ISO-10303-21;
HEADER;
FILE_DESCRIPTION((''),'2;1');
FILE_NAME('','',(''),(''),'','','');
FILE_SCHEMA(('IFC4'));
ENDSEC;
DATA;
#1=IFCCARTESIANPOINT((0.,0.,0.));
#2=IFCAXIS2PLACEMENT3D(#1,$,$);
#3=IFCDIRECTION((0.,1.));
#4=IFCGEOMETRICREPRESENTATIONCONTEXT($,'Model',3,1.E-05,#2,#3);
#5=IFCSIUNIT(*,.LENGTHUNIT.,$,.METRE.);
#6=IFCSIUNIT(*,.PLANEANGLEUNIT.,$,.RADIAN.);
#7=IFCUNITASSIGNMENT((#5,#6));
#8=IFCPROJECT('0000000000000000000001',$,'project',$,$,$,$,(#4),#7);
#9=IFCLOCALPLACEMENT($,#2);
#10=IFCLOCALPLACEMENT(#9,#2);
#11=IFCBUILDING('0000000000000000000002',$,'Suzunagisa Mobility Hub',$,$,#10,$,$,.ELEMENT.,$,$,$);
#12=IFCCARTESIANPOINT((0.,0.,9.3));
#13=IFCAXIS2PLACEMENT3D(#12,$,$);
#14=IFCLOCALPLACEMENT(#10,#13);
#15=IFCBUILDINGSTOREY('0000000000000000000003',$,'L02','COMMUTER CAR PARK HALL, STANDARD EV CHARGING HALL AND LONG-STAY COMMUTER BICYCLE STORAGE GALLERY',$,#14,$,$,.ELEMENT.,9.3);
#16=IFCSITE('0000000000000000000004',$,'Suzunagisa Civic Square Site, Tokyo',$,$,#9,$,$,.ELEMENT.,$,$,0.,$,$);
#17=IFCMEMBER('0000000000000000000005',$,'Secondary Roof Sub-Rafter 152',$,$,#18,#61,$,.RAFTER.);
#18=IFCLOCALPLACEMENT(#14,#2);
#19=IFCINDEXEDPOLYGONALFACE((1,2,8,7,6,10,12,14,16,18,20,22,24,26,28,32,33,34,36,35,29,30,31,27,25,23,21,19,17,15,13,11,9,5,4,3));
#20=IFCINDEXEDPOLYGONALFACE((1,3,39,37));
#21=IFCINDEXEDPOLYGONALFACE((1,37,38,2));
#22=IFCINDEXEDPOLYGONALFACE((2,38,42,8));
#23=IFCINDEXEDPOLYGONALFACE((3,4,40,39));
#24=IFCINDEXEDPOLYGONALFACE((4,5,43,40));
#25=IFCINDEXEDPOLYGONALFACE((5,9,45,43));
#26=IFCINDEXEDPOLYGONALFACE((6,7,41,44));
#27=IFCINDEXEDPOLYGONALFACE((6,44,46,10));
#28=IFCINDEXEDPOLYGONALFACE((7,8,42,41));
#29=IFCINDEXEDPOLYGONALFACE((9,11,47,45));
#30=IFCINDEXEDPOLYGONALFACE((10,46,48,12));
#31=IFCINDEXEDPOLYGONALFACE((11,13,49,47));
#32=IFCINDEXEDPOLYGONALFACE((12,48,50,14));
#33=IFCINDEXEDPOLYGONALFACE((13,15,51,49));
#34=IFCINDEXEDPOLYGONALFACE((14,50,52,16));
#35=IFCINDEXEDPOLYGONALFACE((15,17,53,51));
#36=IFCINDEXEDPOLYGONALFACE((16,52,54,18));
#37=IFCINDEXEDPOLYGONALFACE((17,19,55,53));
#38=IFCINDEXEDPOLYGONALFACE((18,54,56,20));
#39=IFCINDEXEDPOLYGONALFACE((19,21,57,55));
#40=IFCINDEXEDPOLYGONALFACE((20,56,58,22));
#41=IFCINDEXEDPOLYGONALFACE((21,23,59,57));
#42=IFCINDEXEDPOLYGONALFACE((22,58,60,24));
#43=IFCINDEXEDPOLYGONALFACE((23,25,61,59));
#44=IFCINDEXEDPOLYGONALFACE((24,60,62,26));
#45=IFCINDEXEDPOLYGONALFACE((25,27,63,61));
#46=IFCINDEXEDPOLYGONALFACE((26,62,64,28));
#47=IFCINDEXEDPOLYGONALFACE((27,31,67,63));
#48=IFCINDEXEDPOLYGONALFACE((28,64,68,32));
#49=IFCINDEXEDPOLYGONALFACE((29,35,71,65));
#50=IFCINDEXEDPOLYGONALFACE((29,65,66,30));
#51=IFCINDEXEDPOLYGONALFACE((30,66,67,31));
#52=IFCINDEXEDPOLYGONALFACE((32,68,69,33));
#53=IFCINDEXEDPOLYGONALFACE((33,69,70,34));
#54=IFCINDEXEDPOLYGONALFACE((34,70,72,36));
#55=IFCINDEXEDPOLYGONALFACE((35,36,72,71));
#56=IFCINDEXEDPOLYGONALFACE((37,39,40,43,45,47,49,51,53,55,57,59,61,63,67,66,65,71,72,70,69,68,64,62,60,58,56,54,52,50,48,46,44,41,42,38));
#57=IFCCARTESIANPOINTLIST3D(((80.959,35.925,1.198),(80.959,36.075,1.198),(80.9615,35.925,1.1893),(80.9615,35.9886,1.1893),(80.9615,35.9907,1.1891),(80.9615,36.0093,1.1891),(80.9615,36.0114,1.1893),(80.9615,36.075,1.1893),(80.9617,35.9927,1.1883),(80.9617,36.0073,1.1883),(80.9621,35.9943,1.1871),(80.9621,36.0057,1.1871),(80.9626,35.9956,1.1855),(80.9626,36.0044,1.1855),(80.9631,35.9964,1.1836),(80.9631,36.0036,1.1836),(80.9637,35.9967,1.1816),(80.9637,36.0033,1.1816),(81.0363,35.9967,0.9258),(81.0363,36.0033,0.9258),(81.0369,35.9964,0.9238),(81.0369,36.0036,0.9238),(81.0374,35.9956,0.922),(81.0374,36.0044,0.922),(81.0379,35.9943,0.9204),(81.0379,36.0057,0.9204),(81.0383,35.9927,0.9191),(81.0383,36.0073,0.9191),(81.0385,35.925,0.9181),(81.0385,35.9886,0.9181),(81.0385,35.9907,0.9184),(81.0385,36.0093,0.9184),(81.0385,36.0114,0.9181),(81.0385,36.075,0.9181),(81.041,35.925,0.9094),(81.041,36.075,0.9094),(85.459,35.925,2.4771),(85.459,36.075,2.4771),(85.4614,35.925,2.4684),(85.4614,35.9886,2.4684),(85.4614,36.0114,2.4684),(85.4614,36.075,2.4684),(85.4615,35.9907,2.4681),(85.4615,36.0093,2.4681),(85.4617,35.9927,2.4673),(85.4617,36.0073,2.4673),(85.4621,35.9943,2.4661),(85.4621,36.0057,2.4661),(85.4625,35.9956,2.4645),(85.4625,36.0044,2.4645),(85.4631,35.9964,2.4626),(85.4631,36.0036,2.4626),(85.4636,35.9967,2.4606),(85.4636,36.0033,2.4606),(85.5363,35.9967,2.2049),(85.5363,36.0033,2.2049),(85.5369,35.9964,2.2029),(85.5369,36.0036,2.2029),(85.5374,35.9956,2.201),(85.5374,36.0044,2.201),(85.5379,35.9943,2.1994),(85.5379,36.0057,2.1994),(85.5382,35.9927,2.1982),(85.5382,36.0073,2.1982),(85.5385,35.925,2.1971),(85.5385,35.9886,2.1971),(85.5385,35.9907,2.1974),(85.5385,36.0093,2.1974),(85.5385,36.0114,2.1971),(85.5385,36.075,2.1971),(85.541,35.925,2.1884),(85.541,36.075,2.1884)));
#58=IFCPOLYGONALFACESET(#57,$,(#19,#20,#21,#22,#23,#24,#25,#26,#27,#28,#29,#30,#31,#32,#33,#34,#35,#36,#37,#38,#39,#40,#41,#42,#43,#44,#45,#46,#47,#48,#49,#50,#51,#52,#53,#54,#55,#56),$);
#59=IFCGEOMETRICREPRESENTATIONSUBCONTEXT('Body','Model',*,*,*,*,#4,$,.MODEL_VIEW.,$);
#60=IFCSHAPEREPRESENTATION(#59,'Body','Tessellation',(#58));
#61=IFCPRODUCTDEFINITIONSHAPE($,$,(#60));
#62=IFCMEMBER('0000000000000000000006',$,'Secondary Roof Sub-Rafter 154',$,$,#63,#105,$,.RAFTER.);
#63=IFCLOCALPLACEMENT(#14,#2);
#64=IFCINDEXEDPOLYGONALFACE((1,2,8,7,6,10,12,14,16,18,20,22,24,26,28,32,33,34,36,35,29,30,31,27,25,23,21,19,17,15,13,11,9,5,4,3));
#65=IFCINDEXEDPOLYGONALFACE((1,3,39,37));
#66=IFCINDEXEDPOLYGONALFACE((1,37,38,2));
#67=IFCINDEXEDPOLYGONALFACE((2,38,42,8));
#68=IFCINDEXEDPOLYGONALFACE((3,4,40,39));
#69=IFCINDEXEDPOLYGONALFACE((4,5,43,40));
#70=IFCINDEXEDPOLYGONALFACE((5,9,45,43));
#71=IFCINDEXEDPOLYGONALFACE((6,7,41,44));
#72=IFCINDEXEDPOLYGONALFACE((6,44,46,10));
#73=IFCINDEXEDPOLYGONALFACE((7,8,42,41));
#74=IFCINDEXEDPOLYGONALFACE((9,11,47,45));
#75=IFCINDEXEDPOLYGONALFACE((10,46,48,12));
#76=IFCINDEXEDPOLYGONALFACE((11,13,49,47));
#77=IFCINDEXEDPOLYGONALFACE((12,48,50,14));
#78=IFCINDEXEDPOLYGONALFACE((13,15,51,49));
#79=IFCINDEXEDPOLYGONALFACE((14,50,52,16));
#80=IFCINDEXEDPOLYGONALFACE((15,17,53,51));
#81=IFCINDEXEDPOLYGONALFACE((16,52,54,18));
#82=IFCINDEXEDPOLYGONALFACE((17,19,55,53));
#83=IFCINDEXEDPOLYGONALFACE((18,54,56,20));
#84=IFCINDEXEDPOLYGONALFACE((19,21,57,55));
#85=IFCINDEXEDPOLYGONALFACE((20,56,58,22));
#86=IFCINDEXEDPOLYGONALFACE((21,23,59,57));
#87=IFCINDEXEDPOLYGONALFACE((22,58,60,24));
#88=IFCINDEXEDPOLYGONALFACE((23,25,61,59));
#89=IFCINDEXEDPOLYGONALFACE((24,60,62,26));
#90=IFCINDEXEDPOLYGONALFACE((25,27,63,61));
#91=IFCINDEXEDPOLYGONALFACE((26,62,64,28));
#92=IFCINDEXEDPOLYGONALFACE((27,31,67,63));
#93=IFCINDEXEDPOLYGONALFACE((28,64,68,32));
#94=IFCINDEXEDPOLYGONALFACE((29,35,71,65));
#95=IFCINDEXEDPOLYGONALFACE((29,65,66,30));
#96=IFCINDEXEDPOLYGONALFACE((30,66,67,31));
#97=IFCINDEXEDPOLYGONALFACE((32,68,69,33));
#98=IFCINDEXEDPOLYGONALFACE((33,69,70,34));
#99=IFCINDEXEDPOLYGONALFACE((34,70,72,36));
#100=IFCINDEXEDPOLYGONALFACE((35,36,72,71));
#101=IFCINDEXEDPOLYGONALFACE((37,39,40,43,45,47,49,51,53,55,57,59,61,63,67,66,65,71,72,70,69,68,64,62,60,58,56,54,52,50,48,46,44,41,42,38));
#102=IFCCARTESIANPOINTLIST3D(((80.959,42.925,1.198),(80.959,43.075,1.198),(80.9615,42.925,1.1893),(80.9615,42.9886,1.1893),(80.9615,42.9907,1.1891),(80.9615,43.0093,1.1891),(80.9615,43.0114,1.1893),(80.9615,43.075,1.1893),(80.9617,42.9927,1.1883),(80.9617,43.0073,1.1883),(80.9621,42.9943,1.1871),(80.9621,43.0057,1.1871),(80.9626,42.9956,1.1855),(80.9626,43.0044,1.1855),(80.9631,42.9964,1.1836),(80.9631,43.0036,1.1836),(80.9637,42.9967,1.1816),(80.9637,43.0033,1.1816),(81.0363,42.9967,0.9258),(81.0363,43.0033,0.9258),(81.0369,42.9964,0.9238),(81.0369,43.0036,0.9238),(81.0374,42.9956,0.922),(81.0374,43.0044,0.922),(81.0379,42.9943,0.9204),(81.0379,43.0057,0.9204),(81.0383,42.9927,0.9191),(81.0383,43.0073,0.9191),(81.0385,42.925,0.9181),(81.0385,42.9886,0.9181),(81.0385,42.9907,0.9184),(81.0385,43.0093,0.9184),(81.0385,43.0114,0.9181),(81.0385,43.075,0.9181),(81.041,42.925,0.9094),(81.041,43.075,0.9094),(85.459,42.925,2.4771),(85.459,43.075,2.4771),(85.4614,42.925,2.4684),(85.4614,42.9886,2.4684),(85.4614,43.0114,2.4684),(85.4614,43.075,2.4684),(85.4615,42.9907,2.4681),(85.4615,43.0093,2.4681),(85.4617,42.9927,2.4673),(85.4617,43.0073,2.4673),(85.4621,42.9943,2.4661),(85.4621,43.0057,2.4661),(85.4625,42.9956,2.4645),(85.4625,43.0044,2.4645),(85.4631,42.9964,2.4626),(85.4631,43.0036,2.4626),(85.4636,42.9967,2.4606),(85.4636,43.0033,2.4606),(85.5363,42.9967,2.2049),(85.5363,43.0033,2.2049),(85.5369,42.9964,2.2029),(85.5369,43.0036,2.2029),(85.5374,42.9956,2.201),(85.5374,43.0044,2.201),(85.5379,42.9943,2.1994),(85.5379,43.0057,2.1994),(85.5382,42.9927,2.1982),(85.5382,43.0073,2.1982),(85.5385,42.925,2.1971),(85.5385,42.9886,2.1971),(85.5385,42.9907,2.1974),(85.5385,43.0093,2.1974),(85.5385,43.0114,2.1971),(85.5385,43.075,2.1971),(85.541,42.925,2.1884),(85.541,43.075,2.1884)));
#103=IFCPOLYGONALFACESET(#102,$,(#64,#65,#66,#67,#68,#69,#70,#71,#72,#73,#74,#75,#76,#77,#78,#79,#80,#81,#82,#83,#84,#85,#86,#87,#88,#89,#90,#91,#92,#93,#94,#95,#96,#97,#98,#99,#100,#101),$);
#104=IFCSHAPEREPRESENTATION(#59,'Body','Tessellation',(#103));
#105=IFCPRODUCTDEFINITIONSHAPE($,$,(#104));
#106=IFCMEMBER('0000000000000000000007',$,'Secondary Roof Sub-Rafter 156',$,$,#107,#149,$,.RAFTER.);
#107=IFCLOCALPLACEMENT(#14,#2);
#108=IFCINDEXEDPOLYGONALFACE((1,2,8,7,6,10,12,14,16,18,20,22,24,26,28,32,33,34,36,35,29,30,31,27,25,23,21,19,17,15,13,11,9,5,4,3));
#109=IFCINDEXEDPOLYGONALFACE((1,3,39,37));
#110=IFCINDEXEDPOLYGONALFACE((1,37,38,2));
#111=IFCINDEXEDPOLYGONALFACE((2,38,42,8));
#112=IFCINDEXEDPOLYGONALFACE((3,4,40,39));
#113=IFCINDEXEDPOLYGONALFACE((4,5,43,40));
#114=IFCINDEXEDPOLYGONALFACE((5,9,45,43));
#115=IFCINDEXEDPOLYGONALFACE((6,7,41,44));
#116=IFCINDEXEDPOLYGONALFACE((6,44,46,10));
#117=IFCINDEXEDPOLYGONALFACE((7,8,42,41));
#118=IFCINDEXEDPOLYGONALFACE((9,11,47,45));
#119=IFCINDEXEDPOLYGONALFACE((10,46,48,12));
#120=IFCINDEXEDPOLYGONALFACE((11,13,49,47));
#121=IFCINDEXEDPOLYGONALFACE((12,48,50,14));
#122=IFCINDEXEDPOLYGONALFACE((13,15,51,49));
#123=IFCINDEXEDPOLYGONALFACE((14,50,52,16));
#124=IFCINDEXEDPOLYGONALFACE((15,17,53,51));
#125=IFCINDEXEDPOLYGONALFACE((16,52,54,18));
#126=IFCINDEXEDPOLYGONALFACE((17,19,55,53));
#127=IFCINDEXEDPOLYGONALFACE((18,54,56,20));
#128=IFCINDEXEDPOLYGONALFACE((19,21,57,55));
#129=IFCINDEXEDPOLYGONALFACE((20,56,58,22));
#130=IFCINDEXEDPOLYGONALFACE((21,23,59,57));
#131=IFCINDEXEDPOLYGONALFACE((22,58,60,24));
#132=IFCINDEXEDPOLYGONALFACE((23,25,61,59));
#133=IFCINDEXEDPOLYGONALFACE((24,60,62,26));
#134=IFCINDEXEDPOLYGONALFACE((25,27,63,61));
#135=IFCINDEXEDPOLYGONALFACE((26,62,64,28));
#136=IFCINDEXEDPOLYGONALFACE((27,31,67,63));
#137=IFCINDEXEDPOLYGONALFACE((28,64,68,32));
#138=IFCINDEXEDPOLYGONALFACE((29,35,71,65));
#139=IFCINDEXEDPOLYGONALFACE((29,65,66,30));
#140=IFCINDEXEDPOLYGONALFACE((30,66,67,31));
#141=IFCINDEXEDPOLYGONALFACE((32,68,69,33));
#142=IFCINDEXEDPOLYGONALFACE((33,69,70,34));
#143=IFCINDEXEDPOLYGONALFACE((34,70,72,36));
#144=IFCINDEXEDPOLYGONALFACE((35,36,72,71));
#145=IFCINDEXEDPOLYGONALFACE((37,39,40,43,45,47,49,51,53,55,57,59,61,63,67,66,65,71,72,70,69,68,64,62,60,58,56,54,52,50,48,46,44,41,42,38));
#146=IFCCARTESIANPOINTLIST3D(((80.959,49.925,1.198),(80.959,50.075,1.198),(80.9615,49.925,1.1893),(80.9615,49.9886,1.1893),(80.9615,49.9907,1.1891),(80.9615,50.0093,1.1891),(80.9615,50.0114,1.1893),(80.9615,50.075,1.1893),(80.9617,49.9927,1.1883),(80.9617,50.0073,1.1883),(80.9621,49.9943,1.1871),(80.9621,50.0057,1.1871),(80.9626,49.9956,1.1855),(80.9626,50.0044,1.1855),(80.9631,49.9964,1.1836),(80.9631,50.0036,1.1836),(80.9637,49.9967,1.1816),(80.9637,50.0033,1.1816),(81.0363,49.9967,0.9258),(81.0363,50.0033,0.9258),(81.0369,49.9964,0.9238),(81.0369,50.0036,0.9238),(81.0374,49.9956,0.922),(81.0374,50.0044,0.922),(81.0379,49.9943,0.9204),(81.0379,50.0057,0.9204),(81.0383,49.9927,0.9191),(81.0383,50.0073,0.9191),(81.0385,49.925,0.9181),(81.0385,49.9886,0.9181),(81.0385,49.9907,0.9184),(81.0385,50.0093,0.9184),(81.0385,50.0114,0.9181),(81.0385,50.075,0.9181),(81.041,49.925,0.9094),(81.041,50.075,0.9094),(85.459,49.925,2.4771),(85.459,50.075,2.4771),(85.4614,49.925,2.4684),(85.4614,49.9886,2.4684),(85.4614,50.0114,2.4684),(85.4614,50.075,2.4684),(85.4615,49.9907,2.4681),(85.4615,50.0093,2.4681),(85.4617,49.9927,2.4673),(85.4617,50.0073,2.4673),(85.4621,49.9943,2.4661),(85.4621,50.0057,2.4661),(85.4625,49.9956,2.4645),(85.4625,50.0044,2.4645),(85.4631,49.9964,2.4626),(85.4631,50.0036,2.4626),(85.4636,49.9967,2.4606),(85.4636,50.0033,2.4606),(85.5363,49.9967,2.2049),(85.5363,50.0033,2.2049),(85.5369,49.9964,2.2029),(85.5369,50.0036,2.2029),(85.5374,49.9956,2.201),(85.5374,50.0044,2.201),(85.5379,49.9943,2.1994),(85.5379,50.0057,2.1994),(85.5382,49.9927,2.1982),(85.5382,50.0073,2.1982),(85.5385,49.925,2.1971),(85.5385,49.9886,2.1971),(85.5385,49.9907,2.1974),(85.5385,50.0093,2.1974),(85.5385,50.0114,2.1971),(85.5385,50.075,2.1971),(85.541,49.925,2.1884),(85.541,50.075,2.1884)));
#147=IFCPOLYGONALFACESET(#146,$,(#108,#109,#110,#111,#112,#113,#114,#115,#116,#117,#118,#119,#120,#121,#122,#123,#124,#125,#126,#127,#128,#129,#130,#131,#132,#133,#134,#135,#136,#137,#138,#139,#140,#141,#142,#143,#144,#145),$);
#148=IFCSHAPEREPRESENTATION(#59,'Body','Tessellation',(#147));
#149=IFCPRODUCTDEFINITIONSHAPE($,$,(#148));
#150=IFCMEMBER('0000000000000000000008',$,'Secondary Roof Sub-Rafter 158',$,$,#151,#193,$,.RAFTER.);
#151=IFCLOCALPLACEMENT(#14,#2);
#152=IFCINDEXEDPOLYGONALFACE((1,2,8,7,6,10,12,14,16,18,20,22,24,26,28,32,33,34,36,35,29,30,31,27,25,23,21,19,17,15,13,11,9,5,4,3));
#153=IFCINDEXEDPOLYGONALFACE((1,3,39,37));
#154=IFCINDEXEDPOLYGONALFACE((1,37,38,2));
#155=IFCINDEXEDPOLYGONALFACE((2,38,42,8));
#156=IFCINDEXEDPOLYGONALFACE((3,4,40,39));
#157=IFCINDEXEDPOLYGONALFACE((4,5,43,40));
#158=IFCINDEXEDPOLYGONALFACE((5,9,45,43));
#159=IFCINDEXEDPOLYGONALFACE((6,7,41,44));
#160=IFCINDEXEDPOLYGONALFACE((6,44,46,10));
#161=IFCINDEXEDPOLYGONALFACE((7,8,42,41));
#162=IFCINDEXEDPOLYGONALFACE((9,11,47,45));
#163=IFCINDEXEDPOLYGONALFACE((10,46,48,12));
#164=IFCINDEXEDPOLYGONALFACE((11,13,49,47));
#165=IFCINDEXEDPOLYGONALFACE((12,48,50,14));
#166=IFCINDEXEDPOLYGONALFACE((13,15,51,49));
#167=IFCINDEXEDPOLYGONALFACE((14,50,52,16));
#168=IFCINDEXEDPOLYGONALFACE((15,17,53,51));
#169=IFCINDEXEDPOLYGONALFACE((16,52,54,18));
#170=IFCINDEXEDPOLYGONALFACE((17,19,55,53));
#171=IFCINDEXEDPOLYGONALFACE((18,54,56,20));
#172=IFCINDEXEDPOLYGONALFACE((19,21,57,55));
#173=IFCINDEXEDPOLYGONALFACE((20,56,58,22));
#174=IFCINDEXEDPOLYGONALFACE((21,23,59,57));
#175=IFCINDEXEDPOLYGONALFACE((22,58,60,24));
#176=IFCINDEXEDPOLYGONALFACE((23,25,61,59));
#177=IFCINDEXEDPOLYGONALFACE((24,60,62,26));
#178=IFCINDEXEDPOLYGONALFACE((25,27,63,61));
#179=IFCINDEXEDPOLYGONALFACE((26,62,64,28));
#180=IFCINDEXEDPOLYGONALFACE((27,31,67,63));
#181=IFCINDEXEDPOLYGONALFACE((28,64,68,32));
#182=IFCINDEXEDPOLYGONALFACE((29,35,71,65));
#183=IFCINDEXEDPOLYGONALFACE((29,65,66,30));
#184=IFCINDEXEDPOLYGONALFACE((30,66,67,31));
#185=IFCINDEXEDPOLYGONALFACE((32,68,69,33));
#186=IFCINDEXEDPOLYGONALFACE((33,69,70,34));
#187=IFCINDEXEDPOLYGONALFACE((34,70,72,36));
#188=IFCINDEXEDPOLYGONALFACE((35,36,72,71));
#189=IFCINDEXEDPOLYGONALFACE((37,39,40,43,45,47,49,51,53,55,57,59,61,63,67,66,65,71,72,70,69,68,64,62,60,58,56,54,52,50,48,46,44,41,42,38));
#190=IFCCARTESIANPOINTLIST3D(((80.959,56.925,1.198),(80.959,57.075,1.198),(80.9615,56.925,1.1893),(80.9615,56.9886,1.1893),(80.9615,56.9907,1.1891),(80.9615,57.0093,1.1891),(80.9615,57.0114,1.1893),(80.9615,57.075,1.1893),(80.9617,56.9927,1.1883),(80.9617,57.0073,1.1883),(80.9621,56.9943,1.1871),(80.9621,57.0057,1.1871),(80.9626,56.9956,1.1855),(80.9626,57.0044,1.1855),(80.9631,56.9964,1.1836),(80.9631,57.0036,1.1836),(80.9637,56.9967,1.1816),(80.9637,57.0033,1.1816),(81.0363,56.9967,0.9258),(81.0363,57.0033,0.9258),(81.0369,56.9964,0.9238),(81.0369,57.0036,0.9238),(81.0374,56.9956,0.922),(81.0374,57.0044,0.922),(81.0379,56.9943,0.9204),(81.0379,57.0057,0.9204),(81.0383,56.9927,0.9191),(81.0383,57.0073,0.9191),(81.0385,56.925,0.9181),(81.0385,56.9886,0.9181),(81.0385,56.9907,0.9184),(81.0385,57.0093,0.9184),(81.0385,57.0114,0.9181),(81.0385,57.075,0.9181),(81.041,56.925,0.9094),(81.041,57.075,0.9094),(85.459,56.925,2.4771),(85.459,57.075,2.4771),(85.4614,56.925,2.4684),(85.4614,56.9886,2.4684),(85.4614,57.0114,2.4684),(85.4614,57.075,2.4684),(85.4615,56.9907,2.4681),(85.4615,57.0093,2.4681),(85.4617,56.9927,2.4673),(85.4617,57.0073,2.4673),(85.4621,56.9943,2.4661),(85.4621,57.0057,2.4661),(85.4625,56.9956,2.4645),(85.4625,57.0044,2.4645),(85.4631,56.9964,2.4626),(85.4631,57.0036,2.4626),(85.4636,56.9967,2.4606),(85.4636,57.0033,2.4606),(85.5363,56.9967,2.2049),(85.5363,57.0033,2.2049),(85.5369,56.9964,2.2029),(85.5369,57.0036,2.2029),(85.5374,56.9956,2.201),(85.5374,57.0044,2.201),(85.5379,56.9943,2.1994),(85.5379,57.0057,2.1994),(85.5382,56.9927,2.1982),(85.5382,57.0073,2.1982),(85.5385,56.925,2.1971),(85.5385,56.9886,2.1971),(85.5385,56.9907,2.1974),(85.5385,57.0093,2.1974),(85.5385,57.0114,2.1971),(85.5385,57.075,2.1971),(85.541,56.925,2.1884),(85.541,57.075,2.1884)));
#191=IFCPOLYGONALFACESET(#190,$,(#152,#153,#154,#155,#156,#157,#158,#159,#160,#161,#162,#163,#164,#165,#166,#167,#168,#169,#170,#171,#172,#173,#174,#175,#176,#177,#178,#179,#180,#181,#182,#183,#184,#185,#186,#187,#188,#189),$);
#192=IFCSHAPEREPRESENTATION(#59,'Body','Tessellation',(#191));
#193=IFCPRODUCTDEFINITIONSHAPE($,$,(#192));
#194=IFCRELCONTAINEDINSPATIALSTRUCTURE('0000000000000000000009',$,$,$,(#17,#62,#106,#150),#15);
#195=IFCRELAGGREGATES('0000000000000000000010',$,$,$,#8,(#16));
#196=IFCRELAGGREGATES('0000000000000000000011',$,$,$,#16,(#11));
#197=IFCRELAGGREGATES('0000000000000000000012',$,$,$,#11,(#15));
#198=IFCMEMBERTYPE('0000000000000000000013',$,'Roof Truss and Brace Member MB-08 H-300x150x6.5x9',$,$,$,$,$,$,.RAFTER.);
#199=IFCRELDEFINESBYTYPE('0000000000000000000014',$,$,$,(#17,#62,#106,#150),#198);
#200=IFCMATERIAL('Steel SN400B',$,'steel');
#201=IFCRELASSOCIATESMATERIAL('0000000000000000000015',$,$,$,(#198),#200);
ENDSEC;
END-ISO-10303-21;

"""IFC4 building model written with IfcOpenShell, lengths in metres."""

from ifc_helpers import new_model, si_unit, direction, frame, origin, origin_2d, place, context, subcontext, project, spatial, i_section, extrude, material, material_profile, profile_set, type_object, element, save


model = new_model("IFC4")

# Units and contexts
model_context = context("Model", 3, precision=1e-05, world=origin(), true_north=direction((0.0, 1.0)))
body_context = subcontext(model_context, "Body", "Model", "MODEL_VIEW")
ifc_project = project(units=[si_unit("LENGTHUNIT", "METRE"), si_unit("PLANEANGLEUNIT", "RADIAN")], contexts=[model_context])

# Site, building, storey
site_placement = place(None, origin())
site = spatial("IfcSite", under=ifc_project, at=site_placement, Name="Suzunagisa Civic Square Site, Tokyo", CompositionType="ELEMENT", RefElevation=0.0)
building_placement = place(site_placement, origin())
building = spatial("IfcBuilding", under=site, at=building_placement, Name="Suzunagisa Mobility Hub", CompositionType="ELEMENT")
storey_placement = place(building_placement, frame((0.0, 0.0, 9.3)))
storey = spatial("IfcBuildingStorey", under=building, at=storey_placement, Name="L02", Description="COMMUTER CAR PARK HALL, STANDARD EV CHARGING HALL AND LONG-STAY COMMUTER BICYCLE STORAGE GALLERY", CompositionType="ELEMENT", Elevation=9.3)

# Members
ifc_material_1 = material(Name="Steel SN400B", Category="steel")
ifc_material_profile_1 = material_profile(ifc_material_1, i_section(OverallWidth=0.1499, OverallDepth=0.3, WebThickness=0.0066, FlangeThickness=0.009, FilletRadius=0.0081, at=origin_2d()), Name="H-300x150x6.5x9")
ifc_profile_set_1 = profile_set([ifc_material_profile_1], Name="Steel SN400B")
member_type_1 = type_object("IfcMemberType", Name="Roof Truss and Brace Member MB-08 H-300x150x6.5x9", PredefinedType="RAFTER", material=ifc_profile_set_1)
for number, where, z_axis, x_axis, name in (
    (1, (81.0, 36.0, 1.0537), (0.961899, 0.0, 0.273404), (0.0, 1.0, 0.0), "Secondary Roof Sub-Rafter 152"),
    (2, (81.0, 43.0, 1.0537), (0.961899, 0.0, 0.273404), (0.0, 1.0, 0.0), "Secondary Roof Sub-Rafter 154"),
    (3, (81.0, 50.0, 1.0537), (0.961899, 0.0, 0.273404), (0.0, 1.0, 0.0), "Secondary Roof Sub-Rafter 156"),
    (4, (81.0, 57.0, 1.0537), (0.961899, 0.0, 0.273404), (0.0, 1.0, 0.0), "Secondary Roof Sub-Rafter 158"),
):
    element("IfcMember", number, at=place(storey_placement, frame(where, z_axis=z_axis, x_axis=x_axis)), inside=storey, type_object=member_type_1, Name=name, PredefinedType="RAFTER", context=body_context, shape_type="SweptSolid", body=[
        extrude(i_section(OverallWidth=0.1499, OverallDepth=0.3, WebThickness=0.0066, FlangeThickness=0.009, FilletRadius=0.0081, at=origin_2d()), origin(), (0.0, 0.0, 1.0), 4.6782),
    ])

save(model, "model.ifc")
